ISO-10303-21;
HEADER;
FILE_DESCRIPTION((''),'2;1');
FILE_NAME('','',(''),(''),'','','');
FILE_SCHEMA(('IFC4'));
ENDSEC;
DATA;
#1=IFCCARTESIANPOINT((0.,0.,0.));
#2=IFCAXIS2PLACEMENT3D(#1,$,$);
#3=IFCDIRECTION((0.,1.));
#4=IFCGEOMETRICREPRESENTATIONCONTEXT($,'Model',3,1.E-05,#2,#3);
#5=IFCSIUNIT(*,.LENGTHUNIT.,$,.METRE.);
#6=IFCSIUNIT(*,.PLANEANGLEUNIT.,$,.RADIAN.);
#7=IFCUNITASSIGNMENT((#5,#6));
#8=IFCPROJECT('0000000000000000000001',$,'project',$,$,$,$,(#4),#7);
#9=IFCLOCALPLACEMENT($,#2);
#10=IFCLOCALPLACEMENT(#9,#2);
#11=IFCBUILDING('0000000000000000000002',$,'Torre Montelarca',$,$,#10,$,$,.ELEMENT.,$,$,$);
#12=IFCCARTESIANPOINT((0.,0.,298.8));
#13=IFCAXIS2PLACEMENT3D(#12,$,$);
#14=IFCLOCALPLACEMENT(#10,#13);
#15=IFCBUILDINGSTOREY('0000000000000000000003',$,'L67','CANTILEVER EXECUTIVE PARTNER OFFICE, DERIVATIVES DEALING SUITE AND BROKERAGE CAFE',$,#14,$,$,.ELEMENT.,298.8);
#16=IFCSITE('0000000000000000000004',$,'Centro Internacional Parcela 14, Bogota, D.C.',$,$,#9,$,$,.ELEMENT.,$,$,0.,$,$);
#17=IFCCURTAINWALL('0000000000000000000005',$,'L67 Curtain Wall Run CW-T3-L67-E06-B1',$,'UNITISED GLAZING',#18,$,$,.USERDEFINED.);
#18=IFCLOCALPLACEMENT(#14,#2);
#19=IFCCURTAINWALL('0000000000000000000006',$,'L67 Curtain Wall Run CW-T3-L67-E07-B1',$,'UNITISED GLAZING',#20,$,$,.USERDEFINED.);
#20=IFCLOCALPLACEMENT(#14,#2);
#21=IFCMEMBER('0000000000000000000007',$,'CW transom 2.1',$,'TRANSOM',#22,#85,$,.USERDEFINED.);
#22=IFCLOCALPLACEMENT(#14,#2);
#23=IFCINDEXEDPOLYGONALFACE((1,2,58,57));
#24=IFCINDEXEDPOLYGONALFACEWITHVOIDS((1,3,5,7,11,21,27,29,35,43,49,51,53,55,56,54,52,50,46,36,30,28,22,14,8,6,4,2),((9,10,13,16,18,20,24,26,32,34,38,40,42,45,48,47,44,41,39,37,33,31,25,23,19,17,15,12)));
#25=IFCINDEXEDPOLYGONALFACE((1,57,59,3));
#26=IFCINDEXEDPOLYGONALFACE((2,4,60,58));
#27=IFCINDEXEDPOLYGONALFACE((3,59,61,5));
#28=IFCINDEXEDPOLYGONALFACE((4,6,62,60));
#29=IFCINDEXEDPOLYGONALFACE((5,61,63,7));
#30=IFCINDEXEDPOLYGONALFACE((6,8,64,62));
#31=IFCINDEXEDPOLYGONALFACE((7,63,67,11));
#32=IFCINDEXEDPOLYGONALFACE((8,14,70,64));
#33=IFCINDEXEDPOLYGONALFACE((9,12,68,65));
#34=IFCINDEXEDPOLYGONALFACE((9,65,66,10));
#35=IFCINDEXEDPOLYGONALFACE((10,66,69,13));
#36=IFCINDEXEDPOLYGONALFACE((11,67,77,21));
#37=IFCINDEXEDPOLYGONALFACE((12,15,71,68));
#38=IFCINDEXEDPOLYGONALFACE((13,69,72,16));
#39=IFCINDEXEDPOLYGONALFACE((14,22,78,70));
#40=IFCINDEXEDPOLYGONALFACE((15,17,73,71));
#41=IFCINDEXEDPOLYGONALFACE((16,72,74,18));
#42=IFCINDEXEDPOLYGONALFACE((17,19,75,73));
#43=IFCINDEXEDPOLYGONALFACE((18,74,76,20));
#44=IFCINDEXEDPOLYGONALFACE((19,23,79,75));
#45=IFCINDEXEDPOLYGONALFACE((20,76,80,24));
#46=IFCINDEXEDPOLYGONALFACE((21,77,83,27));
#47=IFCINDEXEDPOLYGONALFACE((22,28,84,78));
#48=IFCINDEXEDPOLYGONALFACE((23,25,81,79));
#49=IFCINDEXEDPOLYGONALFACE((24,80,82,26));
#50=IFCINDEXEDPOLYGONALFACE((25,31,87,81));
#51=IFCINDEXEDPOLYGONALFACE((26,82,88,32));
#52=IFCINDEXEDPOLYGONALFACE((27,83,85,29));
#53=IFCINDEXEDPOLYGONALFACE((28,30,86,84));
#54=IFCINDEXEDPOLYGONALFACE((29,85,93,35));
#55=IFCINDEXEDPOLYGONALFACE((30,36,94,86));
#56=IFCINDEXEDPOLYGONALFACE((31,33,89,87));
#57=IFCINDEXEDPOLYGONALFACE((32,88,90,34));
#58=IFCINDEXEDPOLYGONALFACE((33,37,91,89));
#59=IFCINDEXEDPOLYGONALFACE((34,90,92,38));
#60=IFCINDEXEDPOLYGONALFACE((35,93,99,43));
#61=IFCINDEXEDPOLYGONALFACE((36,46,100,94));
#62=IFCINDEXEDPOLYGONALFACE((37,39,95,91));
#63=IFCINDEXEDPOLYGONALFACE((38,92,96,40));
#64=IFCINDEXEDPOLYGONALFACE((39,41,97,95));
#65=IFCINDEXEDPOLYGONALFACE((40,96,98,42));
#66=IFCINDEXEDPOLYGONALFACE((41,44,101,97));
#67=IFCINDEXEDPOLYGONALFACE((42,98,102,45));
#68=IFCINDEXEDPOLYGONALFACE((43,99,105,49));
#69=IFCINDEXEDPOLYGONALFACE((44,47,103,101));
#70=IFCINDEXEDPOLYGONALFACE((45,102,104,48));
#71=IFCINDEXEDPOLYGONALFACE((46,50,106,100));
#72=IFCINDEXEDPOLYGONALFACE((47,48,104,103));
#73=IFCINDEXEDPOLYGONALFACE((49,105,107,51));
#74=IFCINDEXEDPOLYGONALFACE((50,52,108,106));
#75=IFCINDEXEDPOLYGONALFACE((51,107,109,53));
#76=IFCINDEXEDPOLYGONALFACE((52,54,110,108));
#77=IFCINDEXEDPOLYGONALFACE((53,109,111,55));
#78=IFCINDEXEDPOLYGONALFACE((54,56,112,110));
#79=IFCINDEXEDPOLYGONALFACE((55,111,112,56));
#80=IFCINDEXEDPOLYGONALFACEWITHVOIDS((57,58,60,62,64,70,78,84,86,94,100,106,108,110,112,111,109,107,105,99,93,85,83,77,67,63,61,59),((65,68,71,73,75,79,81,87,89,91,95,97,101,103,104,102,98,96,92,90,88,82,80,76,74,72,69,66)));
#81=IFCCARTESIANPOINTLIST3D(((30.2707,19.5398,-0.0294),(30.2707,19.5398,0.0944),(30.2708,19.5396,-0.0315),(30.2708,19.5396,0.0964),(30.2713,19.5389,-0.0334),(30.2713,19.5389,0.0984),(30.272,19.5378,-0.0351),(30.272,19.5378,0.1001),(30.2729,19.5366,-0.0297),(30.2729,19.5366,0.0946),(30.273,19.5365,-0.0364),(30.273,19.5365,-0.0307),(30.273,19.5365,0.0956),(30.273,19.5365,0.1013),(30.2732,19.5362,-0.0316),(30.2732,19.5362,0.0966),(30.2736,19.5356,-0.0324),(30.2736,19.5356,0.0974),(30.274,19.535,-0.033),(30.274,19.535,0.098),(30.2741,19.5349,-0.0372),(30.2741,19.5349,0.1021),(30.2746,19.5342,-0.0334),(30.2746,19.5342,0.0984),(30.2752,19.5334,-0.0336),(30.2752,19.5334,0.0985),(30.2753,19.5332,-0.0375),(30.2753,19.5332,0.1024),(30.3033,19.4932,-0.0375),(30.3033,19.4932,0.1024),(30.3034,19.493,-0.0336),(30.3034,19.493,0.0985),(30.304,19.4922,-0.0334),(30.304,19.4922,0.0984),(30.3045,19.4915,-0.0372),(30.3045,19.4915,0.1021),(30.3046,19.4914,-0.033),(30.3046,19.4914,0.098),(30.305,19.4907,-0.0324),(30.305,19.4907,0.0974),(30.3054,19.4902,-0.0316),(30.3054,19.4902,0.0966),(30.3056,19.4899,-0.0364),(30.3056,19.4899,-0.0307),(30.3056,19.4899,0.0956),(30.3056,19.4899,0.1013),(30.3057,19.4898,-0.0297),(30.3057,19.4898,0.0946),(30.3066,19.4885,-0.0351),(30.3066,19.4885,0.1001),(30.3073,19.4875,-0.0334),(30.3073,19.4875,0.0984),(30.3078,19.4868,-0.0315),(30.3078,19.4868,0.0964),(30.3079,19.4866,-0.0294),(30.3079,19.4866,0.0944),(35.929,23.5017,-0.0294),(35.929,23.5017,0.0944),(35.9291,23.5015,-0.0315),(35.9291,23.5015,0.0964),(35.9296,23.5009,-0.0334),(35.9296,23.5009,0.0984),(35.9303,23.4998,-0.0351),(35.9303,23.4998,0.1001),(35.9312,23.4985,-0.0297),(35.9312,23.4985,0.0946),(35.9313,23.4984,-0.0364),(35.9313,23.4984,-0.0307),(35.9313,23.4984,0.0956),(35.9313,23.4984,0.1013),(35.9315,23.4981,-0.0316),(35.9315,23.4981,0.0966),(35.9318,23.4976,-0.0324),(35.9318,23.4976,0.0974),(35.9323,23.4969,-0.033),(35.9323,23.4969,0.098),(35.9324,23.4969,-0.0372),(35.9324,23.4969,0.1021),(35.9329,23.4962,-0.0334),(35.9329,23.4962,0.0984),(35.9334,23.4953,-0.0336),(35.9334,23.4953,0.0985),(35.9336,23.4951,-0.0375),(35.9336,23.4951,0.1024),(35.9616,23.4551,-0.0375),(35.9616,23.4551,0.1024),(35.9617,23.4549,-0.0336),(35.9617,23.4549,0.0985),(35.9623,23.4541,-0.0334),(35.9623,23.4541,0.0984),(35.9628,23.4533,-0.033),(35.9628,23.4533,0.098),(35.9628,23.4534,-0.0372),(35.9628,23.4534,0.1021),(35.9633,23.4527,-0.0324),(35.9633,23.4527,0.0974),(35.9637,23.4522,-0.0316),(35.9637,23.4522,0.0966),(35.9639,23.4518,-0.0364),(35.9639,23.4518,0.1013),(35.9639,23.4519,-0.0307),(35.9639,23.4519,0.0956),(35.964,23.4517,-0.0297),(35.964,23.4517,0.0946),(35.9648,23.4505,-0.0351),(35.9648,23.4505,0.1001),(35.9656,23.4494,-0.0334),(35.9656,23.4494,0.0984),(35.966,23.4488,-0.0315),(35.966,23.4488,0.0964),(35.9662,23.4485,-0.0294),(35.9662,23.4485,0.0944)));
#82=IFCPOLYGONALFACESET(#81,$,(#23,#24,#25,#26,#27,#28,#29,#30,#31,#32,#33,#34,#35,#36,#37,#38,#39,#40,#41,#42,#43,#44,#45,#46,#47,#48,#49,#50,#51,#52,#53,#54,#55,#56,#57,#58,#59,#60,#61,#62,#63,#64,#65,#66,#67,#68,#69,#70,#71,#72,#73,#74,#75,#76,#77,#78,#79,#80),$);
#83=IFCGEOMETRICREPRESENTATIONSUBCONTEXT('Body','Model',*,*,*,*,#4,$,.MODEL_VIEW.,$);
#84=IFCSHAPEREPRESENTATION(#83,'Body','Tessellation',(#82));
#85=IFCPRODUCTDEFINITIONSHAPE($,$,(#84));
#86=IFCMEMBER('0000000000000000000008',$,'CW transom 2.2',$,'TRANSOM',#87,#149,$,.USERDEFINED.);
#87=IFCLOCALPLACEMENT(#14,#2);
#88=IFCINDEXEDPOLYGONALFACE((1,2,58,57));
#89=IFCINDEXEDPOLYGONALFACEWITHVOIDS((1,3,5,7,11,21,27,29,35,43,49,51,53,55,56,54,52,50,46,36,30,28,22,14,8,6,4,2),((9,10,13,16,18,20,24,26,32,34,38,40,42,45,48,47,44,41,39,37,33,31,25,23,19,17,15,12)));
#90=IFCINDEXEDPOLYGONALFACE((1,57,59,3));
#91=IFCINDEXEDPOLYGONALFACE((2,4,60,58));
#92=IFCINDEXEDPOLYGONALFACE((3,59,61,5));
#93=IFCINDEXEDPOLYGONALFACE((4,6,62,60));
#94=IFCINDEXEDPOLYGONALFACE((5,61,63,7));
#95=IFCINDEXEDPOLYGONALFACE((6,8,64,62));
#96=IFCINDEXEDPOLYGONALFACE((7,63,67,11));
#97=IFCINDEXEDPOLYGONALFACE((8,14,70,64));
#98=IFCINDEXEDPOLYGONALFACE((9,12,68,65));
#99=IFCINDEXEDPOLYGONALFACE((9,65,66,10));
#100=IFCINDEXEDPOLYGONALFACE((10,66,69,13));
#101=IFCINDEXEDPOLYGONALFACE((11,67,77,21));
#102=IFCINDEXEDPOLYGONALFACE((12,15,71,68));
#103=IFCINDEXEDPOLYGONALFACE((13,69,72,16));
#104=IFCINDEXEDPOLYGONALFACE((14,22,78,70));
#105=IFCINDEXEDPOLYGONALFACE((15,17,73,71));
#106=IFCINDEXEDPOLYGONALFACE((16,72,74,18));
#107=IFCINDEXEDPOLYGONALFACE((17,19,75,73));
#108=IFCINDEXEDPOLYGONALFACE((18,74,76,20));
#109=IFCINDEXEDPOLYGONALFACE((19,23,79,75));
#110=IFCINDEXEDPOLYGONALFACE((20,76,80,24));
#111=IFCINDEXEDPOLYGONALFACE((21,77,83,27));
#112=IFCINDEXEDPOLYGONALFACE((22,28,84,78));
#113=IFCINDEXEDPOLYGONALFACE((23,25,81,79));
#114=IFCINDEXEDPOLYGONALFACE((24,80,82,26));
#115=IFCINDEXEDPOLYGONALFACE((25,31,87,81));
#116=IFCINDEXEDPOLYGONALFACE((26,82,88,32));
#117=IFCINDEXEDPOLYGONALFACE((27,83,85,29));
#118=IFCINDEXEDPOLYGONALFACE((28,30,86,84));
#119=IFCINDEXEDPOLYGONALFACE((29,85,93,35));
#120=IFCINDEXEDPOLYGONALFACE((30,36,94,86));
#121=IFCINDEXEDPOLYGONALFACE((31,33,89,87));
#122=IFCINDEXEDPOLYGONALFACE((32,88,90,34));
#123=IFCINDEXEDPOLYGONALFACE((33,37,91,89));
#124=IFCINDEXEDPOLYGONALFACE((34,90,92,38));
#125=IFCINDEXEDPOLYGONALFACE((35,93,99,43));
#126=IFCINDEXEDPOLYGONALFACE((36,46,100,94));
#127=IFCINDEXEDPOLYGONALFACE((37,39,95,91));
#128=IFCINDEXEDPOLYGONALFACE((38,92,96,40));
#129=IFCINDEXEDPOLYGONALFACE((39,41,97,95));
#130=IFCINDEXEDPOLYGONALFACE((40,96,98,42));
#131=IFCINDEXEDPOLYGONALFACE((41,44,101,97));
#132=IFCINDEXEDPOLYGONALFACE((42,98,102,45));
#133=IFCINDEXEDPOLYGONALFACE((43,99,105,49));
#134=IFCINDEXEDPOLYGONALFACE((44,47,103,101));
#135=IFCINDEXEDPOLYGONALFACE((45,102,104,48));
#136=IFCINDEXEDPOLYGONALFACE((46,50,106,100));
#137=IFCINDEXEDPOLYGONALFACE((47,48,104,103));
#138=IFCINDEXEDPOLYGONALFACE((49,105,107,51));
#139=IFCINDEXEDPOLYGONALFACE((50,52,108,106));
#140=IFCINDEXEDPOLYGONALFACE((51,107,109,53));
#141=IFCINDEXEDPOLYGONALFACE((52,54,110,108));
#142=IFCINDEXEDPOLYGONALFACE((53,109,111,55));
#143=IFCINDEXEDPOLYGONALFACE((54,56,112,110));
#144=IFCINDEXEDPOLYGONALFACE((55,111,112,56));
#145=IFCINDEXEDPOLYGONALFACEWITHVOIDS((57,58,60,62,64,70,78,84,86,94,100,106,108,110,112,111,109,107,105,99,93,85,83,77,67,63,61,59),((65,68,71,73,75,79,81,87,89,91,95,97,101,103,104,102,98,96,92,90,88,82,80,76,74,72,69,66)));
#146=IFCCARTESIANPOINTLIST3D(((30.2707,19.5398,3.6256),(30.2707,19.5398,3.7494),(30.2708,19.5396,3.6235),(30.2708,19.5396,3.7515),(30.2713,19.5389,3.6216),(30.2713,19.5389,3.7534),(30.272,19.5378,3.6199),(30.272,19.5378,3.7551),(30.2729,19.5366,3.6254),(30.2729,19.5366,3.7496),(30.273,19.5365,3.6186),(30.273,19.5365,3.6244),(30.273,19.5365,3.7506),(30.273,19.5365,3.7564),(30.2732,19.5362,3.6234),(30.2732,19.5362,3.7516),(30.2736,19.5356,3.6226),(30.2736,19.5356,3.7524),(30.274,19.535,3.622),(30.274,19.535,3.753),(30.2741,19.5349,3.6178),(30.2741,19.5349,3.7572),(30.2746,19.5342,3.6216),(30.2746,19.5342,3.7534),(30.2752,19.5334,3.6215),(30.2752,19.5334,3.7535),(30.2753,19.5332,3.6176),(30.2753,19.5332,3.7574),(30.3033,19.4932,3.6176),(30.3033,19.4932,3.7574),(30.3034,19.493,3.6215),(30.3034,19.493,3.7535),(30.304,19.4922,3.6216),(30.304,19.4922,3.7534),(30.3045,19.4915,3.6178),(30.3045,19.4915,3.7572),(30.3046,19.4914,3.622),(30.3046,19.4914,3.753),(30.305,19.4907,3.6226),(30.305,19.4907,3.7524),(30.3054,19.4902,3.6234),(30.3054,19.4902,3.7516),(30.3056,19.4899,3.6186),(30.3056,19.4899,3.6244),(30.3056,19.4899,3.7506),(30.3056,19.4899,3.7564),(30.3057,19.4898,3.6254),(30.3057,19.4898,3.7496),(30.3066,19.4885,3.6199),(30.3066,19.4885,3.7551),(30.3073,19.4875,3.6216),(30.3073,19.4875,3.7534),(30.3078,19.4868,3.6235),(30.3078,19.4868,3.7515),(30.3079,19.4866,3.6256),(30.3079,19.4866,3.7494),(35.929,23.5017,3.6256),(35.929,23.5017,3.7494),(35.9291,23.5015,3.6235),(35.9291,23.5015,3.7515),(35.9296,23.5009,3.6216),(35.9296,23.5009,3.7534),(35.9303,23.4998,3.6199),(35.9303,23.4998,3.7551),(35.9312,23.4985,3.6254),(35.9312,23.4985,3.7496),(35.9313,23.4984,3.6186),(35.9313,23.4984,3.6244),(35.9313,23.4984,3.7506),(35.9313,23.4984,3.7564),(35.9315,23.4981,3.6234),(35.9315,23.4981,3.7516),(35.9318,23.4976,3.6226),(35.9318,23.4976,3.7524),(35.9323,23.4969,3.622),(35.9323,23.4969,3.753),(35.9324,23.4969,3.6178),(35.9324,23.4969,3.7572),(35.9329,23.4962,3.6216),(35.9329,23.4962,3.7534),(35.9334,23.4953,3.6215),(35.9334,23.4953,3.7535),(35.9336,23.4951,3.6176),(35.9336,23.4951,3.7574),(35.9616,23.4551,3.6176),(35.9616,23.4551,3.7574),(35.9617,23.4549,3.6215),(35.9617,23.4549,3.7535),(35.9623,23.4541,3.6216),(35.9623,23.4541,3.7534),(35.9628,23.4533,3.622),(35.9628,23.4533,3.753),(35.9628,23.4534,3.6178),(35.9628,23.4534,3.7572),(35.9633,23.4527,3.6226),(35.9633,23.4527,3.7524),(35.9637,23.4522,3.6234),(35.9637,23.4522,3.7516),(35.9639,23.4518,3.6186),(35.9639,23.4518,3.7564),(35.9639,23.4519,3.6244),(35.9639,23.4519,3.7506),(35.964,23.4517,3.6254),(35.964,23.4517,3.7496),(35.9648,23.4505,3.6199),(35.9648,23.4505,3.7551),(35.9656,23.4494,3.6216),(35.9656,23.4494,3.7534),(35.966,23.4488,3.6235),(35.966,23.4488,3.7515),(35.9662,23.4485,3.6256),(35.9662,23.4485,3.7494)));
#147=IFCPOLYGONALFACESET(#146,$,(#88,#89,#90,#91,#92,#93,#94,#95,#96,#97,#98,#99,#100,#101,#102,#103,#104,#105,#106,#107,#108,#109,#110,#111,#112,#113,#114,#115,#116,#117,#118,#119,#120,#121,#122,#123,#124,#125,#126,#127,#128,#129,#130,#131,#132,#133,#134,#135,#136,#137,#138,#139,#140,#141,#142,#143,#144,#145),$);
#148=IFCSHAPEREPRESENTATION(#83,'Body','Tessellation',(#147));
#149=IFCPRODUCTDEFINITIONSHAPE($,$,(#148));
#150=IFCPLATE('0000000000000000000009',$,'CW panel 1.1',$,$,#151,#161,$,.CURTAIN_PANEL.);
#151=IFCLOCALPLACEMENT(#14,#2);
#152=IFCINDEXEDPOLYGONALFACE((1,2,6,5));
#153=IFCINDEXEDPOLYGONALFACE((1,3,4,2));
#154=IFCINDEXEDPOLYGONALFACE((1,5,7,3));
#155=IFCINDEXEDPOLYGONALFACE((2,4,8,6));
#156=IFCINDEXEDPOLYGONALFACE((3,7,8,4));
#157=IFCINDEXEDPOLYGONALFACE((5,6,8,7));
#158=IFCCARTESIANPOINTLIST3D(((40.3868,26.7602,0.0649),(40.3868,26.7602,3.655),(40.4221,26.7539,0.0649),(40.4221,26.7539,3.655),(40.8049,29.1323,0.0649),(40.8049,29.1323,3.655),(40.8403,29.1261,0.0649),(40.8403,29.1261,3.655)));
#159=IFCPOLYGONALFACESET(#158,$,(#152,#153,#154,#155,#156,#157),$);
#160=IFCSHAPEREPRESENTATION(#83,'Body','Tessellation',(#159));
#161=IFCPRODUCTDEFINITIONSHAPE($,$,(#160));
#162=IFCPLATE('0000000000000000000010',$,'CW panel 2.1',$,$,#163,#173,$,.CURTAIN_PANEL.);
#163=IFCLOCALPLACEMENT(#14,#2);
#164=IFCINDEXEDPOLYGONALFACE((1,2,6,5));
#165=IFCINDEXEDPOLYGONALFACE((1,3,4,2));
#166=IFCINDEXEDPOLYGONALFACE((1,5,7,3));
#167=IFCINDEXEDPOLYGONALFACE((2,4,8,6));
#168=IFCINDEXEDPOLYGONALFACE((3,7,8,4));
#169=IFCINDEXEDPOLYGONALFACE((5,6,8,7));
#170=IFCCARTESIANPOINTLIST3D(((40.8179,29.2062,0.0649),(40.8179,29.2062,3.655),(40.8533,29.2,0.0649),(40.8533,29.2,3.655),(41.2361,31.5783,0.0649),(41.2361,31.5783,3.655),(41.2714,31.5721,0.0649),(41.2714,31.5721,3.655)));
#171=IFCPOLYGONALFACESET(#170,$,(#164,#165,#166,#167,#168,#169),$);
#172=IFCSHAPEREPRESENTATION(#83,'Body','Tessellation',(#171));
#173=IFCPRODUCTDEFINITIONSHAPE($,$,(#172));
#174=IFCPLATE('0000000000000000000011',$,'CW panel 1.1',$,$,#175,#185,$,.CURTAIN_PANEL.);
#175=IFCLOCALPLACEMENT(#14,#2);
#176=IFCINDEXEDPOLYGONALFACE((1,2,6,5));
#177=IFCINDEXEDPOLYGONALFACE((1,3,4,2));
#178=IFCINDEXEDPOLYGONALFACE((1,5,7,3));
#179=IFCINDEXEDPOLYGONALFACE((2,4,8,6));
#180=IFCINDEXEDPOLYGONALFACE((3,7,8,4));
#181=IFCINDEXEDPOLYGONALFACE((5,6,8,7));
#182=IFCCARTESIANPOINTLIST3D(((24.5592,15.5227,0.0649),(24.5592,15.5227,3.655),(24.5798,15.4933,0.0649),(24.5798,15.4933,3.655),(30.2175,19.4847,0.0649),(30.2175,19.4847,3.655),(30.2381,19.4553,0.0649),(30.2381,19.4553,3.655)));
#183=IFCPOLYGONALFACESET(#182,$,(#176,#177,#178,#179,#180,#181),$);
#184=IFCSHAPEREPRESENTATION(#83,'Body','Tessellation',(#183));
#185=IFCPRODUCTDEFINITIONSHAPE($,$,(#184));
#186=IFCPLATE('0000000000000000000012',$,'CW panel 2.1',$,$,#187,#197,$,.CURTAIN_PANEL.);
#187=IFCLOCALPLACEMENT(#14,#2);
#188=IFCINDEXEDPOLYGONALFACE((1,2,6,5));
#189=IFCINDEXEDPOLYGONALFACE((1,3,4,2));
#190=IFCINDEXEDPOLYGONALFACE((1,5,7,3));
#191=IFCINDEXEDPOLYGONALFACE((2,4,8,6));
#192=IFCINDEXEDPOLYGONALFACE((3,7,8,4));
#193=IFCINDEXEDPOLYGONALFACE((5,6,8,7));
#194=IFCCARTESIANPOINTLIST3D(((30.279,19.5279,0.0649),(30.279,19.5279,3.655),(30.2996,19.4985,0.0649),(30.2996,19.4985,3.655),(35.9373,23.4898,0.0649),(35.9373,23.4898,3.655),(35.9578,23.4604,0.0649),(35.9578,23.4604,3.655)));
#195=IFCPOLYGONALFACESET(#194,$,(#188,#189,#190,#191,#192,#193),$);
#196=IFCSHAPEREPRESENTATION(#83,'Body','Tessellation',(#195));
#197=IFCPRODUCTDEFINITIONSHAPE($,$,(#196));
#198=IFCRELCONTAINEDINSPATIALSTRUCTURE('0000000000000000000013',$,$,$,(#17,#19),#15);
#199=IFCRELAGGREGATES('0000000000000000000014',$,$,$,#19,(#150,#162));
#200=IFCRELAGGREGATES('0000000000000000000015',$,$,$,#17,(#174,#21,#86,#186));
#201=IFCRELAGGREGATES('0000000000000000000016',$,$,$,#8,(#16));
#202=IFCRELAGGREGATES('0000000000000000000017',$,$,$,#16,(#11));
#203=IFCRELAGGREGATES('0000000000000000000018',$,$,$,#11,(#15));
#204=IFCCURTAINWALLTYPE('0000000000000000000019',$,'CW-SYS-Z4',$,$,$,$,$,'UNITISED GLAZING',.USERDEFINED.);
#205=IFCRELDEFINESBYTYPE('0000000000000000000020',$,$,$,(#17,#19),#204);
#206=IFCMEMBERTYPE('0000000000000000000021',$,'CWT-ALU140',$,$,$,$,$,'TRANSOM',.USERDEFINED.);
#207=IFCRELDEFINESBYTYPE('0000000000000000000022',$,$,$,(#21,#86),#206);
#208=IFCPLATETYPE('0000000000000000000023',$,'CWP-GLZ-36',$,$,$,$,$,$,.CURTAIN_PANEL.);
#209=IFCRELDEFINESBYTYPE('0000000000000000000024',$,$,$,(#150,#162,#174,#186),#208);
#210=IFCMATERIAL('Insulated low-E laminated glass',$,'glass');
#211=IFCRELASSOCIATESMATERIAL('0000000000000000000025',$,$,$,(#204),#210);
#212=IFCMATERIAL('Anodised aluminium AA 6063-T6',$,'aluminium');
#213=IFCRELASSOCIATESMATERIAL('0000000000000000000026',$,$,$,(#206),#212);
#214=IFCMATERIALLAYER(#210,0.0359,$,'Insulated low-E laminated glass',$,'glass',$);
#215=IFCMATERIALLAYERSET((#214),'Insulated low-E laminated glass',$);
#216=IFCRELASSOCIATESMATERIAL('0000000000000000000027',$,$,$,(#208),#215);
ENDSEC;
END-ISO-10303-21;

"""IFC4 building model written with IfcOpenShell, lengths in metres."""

from ifc_helpers import new_model, si_unit, direction, frame, origin, origin_2d, place, context, subcontext, project, spatial, rectangle, hollow_rectangle, extrude, source, transform, mapped, material, layer, layer_set, material_profile, profile_set, type_object, element, aggregate, save


model = new_model("IFC4")

# Units and contexts
model_context = context("Model", 3, precision=1e-05, world=origin(), true_north=direction((0.0, 1.0)))
body_context = subcontext(model_context, "Body", "Model", "MODEL_VIEW")
ifc_project = project(units=[si_unit("LENGTHUNIT", "METRE"), si_unit("PLANEANGLEUNIT", "RADIAN")], contexts=[model_context])

# Site, building, storey
site_placement = place(None, origin())
site = spatial("IfcSite", under=ifc_project, at=site_placement, Name="Centro Internacional Parcela 14, Bogota, D.C.", CompositionType="ELEMENT", RefElevation=0.0)
building_placement = place(site_placement, origin())
building = spatial("IfcBuilding", under=site, at=building_placement, Name="Torre Montelarca", CompositionType="ELEMENT")
storey_placement = place(building_placement, frame((0.0, 0.0, 298.8)))
storey = spatial("IfcBuildingStorey", under=building, at=storey_placement, Name="L67", Description="CANTILEVER EXECUTIVE PARTNER OFFICE, DERIVATIVES DEALING SUITE AND BROKERAGE CAFE", CompositionType="ELEMENT", Elevation=298.8)

# Curtain walls
ifc_material_1 = material(Name="Insulated low-E laminated glass", Category="glass")
curtain_wall_type = type_object("IfcCurtainWallType", Name="CW-SYS-Z4", ElementType="UNITISED GLAZING", PredefinedType="USERDEFINED", material=ifc_material_1)
curtain_wall_1_placement = place(storey_placement, origin())
curtain_wall_1 = element("IfcCurtainWall", 1, at=curtain_wall_1_placement, inside=storey, type_object=curtain_wall_type, Name="L67 Curtain Wall Run CW-T3-L67-E06-B1", ObjectType="UNITISED GLAZING", PredefinedType="USERDEFINED")
ifc_material_2 = material(Name="Anodised aluminium AA 6063-T6", Category="aluminium")
curtain_wall_2_placement = place(storey_placement, origin())
curtain_wall_2 = element("IfcCurtainWall", 2, at=curtain_wall_2_placement, inside=storey, type_object=curtain_wall_type, Name="L67 Curtain Wall Run CW-T3-L67-E07-B1", ObjectType="UNITISED GLAZING", PredefinedType="USERDEFINED")
ifc_material_profile_1 = material_profile(ifc_material_2, hollow_rectangle(XDim=0.0649, YDim=0.1399, WallThickness=0.0039, InnerFilletRadius=0.0039, OuterFilletRadius=0.0081, at=origin_2d()), Name="ALU65X140X4", Category="aluminium")
ifc_profile_set_1 = profile_set([ifc_material_profile_1], Name="Anodised aluminium AA 6063-T6")
member_type_1 = type_object("IfcMemberType", Name="CWT-ALU140", ElementType="TRANSOM", PredefinedType="USERDEFINED", material=ifc_profile_set_1)

# Members
shared_shape_1 = source(origin(), body_context, "Body", "SweptSolid", [
    extrude(hollow_rectangle(XDim=0.0649, YDim=0.1399, WallThickness=0.0039, InnerFilletRadius=0.0039, OuterFilletRadius=0.0081, at=origin_2d()), origin(), (0.0, 0.0, 1.0), 6.9075),
])
member_1_placement = place(storey_placement, frame((30.2893, 19.5132, 0.0325), z_axis=(0.819152, 0.573576, 0.0), x_axis=(-0.573576, 0.819152, 0.0)))
member_1 = element("IfcMember", 3, at=member_1_placement, type_object=member_type_1, Name="CW transom 2.1", ObjectType="TRANSOM", PredefinedType="USERDEFINED", context=body_context, shape_type="MappedRepresentation", body=[
    mapped(shared_shape_1, transform((0.0, 0.0, 0.0), scale=1.0)),
])
member_2_placement = place(storey_placement, frame((30.2893, 19.5132, 3.6875), z_axis=(0.819152, 0.573576, 0.0), x_axis=(-0.573576, 0.819152, 0.0)))
member_2 = element("IfcMember", 4, at=member_2_placement, type_object=member_type_1, Name="CW transom 2.2", ObjectType="TRANSOM", PredefinedType="USERDEFINED", context=body_context, shape_type="MappedRepresentation", body=[
    mapped(shared_shape_1, transform((0.0, 0.0, 0.0), scale=1.0)),
])

# Plates
ifc_layer_1 = layer(ifc_material_1, 0.0359, Name="Insulated low-E laminated glass", Category="glass")
ifc_layer_set_1 = layer_set([ifc_layer_1], Name="Insulated low-E laminated glass")
plate_type = type_object("IfcPlateType", Name="CWP-GLZ-36", PredefinedType="CURTAIN_PANEL", material=ifc_layer_set_1)
shared_shape_2 = source(origin(), body_context, "Body", "SweptSolid", [
    extrude(rectangle(XDim=2.4087, YDim=0.0359, at=origin_2d()), origin(), (0.0, 0.0, 1.0), 3.5901),
])
plate_1_placement = place(storey_placement, frame((40.6135, 27.9431, 0.0649), z_axis=(0.0, 0.0, 1.0), x_axis=(0.173612, 0.984814, 0.0)))
plate_1 = element("IfcPlate", 5, at=plate_1_placement, type_object=plate_type, Name="CW panel 1.1", PredefinedType="CURTAIN_PANEL", context=body_context, shape_type="MappedRepresentation", body=[
    mapped(shared_shape_2, transform((0.0, 0.0, 0.0), scale=1.0)),
])
plate_2_placement = place(storey_placement, frame((41.0447, 30.3892, 0.0649), z_axis=(0.0, 0.0, 1.0), x_axis=(0.173612, 0.984814, 0.0)))
plate_2 = element("IfcPlate", 6, at=plate_2_placement, type_object=plate_type, Name="CW panel 2.1", PredefinedType="CURTAIN_PANEL", context=body_context, shape_type="MappedRepresentation", body=[
    mapped(shared_shape_2, transform((0.0, 0.0, 0.0), scale=1.0)),
])
aggregate(curtain_wall_2, [plate_1, plate_2])
shared_shape_3 = source(origin(), body_context, "Body", "SweptSolid", [
    extrude(rectangle(XDim=6.9075, YDim=0.0359, at=origin_2d()), origin(), (0.0, 0.0, 1.0), 3.5901),
])
plate_3_placement = place(storey_placement, frame((27.3987, 17.489, 0.0649), z_axis=(0.0, 0.0, 1.0), x_axis=(0.819155, 0.573572, 0.0)))
plate_3 = element("IfcPlate", 7, at=plate_3_placement, type_object=plate_type, Name="CW panel 1.1", PredefinedType="CURTAIN_PANEL", context=body_context, shape_type="MappedRepresentation", body=[
    mapped(shared_shape_3, transform((0.0, 0.0, 0.0), scale=1.0)),
])
plate_4_placement = place(storey_placement, frame((33.1184, 21.4941, 0.0649), z_axis=(0.0, 0.0, 1.0), x_axis=(0.819155, 0.573572, 0.0)))
plate_4 = element("IfcPlate", 8, at=plate_4_placement, type_object=plate_type, Name="CW panel 2.1", PredefinedType="CURTAIN_PANEL", context=body_context, shape_type="MappedRepresentation", body=[
    mapped(shared_shape_3, transform((0.0, 0.0, 0.0), scale=1.0)),
])
aggregate(curtain_wall_1, [plate_3, member_1, member_2, plate_4])

save(model, "model.ifc")
